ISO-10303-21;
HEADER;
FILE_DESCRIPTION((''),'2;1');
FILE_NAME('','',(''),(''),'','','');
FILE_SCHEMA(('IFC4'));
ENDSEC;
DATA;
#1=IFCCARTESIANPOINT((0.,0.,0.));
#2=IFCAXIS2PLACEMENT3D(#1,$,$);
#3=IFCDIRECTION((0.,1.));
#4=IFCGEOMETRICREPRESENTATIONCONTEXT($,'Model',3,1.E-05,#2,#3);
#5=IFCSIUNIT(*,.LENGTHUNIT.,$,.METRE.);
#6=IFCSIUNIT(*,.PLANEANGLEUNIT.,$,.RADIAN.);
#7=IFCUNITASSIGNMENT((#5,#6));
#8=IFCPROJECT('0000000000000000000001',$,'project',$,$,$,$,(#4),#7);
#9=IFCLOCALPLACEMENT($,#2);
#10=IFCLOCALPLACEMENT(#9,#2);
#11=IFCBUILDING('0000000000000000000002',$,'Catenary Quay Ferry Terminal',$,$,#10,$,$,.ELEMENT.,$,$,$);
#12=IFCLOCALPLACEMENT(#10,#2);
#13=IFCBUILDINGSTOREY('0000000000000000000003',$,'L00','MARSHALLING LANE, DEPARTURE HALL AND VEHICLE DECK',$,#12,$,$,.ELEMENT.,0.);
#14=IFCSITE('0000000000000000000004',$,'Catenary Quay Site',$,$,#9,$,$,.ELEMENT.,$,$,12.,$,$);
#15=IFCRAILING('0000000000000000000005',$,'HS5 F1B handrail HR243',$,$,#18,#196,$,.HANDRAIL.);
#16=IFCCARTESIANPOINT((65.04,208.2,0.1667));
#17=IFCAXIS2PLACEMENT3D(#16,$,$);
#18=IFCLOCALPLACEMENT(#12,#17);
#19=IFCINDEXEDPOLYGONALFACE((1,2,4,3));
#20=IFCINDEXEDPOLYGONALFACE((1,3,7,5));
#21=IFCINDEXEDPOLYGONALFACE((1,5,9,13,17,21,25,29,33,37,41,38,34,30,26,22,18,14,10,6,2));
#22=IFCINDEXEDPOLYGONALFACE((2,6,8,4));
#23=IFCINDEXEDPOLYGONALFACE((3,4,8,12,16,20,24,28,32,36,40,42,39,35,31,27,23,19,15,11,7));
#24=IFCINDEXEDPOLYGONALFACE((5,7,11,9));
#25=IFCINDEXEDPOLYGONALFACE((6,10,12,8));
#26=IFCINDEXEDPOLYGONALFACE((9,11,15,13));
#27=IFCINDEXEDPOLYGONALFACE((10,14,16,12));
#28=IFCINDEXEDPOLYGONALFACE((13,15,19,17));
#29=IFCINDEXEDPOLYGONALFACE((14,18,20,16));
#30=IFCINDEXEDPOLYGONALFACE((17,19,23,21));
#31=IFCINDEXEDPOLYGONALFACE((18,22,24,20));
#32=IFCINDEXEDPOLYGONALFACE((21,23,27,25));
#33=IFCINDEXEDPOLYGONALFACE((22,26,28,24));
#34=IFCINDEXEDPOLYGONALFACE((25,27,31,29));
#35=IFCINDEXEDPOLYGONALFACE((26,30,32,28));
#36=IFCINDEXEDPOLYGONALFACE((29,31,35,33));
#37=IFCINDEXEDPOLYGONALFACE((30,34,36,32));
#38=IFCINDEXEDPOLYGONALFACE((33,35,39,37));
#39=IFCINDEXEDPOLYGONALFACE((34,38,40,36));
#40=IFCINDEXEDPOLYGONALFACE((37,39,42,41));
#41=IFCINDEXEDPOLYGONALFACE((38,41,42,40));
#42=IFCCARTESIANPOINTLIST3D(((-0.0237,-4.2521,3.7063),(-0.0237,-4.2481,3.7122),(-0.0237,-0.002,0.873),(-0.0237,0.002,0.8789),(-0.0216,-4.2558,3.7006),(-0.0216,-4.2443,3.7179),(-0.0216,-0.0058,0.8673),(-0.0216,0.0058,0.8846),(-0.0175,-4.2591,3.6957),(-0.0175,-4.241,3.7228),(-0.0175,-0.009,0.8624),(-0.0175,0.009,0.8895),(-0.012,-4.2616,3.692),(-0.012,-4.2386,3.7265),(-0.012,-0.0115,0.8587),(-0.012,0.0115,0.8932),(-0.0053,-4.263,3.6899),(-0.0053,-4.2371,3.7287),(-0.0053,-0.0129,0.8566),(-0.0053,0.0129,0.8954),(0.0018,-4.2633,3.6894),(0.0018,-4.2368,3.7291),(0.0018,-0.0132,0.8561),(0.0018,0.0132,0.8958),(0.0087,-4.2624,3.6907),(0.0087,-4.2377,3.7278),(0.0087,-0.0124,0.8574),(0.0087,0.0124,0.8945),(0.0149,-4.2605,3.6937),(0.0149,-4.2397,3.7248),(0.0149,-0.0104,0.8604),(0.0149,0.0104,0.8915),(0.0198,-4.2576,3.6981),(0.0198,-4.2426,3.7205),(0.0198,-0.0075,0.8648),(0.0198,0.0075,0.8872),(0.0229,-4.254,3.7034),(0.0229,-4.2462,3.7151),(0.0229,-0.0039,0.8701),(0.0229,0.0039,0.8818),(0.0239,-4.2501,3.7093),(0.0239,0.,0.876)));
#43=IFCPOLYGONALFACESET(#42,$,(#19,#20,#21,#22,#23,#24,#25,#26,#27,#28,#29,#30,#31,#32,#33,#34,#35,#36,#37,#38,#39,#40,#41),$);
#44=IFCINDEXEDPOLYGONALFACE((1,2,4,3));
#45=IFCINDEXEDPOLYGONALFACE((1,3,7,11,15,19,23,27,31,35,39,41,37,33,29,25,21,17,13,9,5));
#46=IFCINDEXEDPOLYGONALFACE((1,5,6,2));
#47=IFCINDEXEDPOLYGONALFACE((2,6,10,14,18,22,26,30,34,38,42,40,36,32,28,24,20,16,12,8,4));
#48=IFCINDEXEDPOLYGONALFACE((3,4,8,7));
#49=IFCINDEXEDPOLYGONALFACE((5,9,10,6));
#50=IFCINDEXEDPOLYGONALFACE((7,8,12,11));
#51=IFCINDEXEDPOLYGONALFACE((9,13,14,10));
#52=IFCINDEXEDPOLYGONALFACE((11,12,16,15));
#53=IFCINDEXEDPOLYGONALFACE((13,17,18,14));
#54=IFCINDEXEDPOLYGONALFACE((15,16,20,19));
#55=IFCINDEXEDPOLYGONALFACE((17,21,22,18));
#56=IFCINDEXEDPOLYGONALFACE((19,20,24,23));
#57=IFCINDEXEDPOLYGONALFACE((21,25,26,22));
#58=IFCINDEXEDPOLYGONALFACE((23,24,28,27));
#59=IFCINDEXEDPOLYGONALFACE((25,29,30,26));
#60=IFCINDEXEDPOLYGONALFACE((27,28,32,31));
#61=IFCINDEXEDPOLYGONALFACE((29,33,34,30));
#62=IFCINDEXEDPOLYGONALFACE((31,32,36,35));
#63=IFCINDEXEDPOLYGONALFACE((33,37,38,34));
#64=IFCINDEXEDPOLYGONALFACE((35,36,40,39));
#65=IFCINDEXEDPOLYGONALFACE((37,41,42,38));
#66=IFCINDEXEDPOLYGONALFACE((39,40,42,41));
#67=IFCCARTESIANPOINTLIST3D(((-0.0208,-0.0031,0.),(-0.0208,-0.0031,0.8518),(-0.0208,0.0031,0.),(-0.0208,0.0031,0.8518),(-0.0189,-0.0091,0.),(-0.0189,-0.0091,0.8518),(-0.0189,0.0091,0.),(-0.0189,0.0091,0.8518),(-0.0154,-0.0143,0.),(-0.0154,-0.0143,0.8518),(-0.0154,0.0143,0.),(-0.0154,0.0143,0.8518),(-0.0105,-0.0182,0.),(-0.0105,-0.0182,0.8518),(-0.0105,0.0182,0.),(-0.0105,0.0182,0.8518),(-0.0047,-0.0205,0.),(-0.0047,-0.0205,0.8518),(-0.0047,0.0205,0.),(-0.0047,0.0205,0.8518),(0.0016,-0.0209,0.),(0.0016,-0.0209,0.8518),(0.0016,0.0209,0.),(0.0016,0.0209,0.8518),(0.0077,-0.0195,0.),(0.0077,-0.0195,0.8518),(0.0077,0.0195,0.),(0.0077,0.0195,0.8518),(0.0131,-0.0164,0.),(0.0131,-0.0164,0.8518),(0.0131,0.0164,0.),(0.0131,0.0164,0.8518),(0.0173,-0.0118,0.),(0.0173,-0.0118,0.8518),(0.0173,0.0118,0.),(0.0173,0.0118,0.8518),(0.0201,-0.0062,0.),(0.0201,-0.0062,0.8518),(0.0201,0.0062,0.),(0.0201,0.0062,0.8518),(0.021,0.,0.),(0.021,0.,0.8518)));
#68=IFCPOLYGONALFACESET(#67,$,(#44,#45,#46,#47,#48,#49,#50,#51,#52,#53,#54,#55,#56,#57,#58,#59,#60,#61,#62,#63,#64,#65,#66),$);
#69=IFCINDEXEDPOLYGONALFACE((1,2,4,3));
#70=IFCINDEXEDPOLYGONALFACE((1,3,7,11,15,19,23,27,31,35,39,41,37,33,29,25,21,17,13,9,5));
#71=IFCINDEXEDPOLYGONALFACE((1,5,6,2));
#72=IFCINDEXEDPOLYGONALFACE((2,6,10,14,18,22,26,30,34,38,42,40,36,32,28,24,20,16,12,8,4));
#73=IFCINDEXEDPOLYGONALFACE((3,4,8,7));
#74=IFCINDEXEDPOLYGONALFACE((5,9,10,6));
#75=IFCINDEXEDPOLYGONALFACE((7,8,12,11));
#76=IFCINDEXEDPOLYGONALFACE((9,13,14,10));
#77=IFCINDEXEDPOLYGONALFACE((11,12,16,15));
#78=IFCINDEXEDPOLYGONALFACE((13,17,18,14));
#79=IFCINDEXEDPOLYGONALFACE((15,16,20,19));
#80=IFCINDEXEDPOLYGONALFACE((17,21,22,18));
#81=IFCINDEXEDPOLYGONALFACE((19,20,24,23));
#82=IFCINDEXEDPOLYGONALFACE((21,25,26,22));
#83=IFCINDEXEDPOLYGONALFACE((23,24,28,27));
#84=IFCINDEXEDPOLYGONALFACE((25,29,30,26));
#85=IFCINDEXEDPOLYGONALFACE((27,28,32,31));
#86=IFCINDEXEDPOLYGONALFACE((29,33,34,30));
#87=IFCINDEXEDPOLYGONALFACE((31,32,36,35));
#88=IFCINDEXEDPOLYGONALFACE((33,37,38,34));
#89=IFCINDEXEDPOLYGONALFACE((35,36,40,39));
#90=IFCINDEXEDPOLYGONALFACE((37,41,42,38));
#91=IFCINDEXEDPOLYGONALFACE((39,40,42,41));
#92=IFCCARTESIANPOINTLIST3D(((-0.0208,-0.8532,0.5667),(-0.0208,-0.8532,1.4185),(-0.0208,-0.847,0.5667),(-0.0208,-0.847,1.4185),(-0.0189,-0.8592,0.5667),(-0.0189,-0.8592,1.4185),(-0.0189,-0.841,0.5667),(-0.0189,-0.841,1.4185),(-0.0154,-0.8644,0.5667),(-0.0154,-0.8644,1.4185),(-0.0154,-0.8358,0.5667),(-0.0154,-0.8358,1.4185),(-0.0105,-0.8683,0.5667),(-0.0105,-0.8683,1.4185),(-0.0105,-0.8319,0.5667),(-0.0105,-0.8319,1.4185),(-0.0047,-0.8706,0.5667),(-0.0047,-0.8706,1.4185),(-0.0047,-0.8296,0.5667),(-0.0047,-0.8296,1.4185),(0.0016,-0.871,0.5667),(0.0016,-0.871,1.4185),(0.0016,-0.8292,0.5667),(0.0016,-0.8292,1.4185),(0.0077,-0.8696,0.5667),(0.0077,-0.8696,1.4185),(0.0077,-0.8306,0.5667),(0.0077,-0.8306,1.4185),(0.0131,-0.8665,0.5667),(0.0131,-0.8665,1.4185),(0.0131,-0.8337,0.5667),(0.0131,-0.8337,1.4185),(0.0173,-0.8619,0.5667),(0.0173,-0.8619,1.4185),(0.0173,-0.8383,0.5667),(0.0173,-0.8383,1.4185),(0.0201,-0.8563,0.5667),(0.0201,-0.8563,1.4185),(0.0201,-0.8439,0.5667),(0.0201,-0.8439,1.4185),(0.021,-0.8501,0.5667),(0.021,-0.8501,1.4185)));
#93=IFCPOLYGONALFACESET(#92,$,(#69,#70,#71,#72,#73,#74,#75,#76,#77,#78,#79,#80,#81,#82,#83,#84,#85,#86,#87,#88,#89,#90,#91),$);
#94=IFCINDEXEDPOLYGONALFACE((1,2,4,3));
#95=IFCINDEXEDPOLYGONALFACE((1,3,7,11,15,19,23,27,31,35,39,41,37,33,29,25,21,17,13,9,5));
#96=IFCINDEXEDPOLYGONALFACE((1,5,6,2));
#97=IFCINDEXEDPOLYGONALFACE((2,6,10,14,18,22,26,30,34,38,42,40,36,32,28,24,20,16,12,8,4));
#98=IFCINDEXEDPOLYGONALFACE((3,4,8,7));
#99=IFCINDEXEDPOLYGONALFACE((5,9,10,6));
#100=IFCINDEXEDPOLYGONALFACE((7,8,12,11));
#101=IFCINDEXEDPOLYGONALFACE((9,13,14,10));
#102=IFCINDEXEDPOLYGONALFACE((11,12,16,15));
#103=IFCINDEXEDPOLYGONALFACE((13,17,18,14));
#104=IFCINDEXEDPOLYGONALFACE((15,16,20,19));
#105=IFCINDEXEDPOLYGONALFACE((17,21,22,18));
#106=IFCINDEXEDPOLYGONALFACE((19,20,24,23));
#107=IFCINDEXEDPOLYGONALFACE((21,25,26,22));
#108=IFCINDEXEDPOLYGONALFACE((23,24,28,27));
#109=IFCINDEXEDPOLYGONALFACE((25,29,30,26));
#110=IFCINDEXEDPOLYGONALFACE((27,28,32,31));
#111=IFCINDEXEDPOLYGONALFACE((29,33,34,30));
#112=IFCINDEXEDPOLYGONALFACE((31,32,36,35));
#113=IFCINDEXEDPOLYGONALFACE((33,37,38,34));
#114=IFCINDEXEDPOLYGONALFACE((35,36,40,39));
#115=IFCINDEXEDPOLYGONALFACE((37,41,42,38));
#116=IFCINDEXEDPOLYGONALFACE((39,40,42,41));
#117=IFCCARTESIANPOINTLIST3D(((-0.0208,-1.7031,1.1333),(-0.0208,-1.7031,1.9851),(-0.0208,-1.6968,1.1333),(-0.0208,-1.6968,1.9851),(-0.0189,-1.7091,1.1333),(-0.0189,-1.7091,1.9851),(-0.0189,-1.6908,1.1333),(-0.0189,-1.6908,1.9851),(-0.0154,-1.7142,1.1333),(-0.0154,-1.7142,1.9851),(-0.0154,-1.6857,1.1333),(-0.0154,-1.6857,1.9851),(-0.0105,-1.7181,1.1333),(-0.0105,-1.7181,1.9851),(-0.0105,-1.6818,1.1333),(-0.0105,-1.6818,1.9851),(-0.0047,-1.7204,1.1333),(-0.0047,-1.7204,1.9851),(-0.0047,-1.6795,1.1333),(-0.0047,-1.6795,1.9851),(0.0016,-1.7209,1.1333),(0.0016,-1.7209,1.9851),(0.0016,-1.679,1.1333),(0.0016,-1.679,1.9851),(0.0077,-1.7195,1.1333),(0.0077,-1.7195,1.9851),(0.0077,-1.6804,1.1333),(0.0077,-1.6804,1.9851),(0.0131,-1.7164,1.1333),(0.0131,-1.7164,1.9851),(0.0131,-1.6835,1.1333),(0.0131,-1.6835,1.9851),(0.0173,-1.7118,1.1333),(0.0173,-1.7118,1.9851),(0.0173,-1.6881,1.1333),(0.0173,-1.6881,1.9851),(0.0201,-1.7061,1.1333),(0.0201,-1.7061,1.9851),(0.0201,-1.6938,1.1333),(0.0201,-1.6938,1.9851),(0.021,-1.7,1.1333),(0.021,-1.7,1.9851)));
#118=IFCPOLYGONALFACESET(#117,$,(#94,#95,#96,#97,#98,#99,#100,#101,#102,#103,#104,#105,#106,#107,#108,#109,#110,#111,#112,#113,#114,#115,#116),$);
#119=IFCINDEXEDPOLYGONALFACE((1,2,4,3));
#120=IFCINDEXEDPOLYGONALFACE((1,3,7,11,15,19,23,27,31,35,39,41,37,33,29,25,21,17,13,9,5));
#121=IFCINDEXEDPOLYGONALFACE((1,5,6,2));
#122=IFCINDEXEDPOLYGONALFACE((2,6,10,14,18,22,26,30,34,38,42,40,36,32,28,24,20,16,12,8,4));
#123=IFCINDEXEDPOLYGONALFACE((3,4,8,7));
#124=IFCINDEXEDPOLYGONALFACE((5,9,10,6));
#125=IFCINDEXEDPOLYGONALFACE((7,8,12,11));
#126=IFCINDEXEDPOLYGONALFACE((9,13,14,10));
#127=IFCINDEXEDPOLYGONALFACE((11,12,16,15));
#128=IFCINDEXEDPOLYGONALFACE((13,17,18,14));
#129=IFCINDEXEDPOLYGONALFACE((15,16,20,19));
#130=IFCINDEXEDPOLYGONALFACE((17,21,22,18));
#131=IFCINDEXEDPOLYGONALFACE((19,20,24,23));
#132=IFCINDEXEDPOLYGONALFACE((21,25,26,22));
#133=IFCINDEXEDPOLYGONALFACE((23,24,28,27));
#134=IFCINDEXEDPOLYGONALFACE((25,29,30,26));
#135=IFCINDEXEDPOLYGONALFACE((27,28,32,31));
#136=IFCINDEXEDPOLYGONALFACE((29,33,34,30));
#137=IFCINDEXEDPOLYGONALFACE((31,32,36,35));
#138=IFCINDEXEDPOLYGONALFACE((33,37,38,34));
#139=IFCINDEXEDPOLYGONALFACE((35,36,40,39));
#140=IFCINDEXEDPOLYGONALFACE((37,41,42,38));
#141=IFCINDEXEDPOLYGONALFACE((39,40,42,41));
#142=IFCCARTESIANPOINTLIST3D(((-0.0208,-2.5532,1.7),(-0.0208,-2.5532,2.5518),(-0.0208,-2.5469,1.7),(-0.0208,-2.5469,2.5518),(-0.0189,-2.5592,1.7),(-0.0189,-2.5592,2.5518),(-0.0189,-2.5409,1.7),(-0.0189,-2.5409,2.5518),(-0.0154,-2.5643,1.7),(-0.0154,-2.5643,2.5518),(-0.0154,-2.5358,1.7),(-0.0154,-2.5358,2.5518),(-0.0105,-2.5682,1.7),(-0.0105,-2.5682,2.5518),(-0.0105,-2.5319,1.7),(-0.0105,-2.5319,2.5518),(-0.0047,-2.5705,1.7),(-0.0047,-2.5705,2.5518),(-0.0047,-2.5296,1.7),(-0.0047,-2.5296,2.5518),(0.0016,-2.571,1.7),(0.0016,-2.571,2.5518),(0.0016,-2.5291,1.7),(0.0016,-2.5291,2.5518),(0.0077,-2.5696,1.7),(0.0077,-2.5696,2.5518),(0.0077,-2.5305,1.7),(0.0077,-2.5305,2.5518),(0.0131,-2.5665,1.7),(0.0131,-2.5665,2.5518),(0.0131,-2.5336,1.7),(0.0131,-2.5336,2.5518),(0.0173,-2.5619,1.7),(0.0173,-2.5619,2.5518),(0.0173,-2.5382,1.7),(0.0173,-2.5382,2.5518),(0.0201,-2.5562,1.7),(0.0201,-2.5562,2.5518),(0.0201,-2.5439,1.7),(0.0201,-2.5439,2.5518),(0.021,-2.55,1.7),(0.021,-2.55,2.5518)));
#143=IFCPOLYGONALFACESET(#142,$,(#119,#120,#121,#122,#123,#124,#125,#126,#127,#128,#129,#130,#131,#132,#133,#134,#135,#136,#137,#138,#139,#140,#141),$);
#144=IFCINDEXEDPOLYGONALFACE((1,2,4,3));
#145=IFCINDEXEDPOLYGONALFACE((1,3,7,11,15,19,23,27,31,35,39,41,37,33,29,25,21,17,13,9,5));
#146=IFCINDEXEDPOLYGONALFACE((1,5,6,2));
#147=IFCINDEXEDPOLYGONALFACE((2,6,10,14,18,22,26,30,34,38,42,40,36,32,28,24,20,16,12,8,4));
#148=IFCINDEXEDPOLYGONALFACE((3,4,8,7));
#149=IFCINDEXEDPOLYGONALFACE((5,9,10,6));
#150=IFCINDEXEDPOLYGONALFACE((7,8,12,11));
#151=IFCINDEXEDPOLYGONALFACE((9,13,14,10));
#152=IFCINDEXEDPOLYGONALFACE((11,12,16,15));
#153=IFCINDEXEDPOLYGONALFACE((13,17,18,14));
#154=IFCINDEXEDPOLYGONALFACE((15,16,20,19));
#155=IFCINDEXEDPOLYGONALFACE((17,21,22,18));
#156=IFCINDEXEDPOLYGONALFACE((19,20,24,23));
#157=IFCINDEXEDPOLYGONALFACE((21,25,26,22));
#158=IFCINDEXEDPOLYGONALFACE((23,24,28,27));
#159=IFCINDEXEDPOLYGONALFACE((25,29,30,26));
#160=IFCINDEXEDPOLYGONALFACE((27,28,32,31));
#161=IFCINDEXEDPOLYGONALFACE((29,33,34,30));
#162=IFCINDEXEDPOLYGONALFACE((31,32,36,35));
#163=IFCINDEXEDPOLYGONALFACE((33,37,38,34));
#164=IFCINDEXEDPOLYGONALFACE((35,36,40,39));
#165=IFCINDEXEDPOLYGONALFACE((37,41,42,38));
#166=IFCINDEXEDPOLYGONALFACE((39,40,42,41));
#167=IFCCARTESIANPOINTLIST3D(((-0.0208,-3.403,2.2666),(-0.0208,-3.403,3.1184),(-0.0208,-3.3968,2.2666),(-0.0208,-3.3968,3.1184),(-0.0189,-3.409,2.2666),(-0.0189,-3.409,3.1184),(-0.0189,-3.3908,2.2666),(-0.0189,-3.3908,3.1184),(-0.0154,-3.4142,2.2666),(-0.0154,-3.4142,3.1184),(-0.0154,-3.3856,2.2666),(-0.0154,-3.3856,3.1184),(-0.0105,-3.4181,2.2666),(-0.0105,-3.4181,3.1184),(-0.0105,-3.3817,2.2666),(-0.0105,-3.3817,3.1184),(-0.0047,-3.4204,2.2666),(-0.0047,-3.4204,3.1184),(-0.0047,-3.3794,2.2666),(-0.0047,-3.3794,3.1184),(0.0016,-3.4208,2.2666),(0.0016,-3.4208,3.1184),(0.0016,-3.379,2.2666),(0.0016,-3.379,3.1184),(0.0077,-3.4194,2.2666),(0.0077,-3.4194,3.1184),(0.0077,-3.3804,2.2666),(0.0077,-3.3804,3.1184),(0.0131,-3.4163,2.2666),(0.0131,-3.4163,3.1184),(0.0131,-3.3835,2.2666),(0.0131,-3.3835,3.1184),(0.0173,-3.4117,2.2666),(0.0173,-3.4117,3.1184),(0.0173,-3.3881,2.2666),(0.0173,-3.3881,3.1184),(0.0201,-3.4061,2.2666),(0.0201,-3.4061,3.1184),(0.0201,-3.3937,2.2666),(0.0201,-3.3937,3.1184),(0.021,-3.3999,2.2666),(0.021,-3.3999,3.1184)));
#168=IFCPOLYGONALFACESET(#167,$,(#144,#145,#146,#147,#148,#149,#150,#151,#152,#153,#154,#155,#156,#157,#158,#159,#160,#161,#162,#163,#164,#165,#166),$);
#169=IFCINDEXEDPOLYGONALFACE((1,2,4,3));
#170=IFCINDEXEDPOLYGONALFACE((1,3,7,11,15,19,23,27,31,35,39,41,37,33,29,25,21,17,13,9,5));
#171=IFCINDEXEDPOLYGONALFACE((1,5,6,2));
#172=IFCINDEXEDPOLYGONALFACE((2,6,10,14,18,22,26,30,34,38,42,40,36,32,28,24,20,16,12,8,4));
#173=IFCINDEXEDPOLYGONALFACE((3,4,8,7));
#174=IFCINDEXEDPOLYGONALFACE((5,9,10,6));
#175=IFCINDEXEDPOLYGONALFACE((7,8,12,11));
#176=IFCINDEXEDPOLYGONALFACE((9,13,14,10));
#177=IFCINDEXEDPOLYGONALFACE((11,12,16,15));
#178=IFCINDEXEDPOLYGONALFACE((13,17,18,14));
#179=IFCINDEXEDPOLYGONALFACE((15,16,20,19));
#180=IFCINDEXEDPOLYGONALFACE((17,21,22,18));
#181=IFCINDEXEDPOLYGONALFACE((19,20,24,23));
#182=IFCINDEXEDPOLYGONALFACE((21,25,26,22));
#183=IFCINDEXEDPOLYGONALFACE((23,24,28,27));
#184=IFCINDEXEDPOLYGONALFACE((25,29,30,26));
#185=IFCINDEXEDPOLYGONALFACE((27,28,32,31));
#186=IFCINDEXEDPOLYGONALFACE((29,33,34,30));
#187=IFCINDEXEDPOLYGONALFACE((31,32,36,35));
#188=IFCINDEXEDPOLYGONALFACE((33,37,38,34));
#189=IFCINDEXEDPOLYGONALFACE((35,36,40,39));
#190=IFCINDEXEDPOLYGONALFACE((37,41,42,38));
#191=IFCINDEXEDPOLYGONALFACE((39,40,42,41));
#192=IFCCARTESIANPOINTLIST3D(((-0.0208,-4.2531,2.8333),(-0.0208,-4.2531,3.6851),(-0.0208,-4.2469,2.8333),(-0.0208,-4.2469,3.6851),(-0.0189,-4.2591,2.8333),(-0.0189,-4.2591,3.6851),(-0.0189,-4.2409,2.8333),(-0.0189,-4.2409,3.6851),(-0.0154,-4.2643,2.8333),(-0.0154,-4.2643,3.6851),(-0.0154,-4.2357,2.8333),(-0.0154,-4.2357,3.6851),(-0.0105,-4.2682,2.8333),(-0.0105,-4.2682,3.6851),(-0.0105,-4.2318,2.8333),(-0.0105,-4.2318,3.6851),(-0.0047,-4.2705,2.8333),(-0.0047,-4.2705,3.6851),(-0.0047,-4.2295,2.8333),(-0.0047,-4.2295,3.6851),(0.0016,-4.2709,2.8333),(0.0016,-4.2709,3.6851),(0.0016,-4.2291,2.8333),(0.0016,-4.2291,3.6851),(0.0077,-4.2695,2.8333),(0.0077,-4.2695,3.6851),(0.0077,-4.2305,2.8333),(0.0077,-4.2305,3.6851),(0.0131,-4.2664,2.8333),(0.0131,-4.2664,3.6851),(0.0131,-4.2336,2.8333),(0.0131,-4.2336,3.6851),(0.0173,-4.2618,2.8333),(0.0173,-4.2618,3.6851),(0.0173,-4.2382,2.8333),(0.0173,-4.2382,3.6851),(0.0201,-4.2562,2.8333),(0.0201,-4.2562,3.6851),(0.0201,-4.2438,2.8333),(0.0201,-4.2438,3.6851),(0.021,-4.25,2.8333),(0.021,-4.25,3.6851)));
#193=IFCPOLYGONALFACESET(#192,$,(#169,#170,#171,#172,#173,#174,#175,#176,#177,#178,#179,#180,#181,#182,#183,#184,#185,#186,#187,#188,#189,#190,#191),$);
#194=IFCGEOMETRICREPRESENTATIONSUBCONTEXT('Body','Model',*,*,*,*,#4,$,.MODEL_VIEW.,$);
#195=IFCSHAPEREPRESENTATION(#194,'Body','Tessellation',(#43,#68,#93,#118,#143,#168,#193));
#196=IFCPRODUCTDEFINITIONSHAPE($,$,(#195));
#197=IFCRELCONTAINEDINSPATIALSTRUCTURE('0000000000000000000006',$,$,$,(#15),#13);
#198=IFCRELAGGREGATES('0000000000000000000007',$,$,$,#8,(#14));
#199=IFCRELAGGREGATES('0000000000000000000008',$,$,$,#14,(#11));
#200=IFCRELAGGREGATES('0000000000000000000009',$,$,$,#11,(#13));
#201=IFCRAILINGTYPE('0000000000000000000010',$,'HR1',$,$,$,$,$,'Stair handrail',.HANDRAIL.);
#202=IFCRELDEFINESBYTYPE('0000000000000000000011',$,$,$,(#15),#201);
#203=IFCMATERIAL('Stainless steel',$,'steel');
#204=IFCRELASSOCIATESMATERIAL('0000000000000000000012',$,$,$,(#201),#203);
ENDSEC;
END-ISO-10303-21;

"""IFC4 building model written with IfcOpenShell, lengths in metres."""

from ifc_helpers import new_model, si_unit, direction, frame, origin, origin_2d, place, context, subcontext, project, spatial, circle, extrude, material, type_object, element, save


model = new_model("IFC4")

# Units and contexts
model_context = context("Model", 3, precision=1e-05, world=origin(), true_north=direction((0.0, 1.0)))
body_context = subcontext(model_context, "Body", "Model", "MODEL_VIEW")
ifc_project = project(units=[si_unit("LENGTHUNIT", "METRE"), si_unit("PLANEANGLEUNIT", "RADIAN")], contexts=[model_context])

# Site, building, storey
site_placement = place(None, origin())
site = spatial("IfcSite", under=ifc_project, at=site_placement, Name="Catenary Quay Site", CompositionType="ELEMENT", RefElevation=12.0)
building_placement = place(site_placement, origin())
building = spatial("IfcBuilding", under=site, at=building_placement, Name="Catenary Quay Ferry Terminal", CompositionType="ELEMENT")
storey_placement = place(building_placement, origin())
storey = spatial("IfcBuildingStorey", under=building, at=storey_placement, Name="L00", Description="MARSHALLING LANE, DEPARTURE HALL AND VEHICLE DECK", CompositionType="ELEMENT", Elevation=0.0)

# Railing
ifc_material_1 = material(Name="Stainless steel", Category="steel")
railing_type = type_object("IfcRailingType", Name="HR1", ElementType="Stair handrail", PredefinedType="HANDRAIL", material=ifc_material_1)
for number, where, name in (
    (1, (65.04, 208.2, 0.1667), "HS5 F1B handrail HR243"),
):
    element("IfcRailing", number, at=place(storey_placement, frame(where)), inside=storey, type_object=railing_type, Name=name, PredefinedType="HANDRAIL", context=body_context, shape_type="SweptSolid", body=[
        extrude(circle(Radius=0.0239, at=origin_2d()), frame((0.0, 0.0, 0.876), z_axis=(0.0, -0.832058, 0.554689), x_axis=(1.0, 0.0, 0.0)), (0.0, 0.0, 1.0), 5.1079),
        extrude(circle(Radius=0.021, at=origin_2d()), origin(), (0.0, 0.0, 1.0), 0.8518),
        extrude(circle(Radius=0.021, at=origin_2d()), frame((0.0, -0.8501, 0.5667)), (0.0, 0.0, 1.0), 0.8518),
        extrude(circle(Radius=0.021, at=origin_2d()), frame((0.0, -1.7, 1.1333)), (0.0, 0.0, 1.0), 0.8518),
        extrude(circle(Radius=0.021, at=origin_2d()), frame((0.0, -2.55, 1.7)), (0.0, 0.0, 1.0), 0.8518),
        extrude(circle(Radius=0.021, at=origin_2d()), frame((0.0, -3.3999, 2.2666)), (0.0, 0.0, 1.0), 0.8518),
        extrude(circle(Radius=0.021, at=origin_2d()), frame((0.0, -4.25, 2.8333)), (0.0, 0.0, 1.0), 0.8518),
    ])

save(model, "model.ifc")
